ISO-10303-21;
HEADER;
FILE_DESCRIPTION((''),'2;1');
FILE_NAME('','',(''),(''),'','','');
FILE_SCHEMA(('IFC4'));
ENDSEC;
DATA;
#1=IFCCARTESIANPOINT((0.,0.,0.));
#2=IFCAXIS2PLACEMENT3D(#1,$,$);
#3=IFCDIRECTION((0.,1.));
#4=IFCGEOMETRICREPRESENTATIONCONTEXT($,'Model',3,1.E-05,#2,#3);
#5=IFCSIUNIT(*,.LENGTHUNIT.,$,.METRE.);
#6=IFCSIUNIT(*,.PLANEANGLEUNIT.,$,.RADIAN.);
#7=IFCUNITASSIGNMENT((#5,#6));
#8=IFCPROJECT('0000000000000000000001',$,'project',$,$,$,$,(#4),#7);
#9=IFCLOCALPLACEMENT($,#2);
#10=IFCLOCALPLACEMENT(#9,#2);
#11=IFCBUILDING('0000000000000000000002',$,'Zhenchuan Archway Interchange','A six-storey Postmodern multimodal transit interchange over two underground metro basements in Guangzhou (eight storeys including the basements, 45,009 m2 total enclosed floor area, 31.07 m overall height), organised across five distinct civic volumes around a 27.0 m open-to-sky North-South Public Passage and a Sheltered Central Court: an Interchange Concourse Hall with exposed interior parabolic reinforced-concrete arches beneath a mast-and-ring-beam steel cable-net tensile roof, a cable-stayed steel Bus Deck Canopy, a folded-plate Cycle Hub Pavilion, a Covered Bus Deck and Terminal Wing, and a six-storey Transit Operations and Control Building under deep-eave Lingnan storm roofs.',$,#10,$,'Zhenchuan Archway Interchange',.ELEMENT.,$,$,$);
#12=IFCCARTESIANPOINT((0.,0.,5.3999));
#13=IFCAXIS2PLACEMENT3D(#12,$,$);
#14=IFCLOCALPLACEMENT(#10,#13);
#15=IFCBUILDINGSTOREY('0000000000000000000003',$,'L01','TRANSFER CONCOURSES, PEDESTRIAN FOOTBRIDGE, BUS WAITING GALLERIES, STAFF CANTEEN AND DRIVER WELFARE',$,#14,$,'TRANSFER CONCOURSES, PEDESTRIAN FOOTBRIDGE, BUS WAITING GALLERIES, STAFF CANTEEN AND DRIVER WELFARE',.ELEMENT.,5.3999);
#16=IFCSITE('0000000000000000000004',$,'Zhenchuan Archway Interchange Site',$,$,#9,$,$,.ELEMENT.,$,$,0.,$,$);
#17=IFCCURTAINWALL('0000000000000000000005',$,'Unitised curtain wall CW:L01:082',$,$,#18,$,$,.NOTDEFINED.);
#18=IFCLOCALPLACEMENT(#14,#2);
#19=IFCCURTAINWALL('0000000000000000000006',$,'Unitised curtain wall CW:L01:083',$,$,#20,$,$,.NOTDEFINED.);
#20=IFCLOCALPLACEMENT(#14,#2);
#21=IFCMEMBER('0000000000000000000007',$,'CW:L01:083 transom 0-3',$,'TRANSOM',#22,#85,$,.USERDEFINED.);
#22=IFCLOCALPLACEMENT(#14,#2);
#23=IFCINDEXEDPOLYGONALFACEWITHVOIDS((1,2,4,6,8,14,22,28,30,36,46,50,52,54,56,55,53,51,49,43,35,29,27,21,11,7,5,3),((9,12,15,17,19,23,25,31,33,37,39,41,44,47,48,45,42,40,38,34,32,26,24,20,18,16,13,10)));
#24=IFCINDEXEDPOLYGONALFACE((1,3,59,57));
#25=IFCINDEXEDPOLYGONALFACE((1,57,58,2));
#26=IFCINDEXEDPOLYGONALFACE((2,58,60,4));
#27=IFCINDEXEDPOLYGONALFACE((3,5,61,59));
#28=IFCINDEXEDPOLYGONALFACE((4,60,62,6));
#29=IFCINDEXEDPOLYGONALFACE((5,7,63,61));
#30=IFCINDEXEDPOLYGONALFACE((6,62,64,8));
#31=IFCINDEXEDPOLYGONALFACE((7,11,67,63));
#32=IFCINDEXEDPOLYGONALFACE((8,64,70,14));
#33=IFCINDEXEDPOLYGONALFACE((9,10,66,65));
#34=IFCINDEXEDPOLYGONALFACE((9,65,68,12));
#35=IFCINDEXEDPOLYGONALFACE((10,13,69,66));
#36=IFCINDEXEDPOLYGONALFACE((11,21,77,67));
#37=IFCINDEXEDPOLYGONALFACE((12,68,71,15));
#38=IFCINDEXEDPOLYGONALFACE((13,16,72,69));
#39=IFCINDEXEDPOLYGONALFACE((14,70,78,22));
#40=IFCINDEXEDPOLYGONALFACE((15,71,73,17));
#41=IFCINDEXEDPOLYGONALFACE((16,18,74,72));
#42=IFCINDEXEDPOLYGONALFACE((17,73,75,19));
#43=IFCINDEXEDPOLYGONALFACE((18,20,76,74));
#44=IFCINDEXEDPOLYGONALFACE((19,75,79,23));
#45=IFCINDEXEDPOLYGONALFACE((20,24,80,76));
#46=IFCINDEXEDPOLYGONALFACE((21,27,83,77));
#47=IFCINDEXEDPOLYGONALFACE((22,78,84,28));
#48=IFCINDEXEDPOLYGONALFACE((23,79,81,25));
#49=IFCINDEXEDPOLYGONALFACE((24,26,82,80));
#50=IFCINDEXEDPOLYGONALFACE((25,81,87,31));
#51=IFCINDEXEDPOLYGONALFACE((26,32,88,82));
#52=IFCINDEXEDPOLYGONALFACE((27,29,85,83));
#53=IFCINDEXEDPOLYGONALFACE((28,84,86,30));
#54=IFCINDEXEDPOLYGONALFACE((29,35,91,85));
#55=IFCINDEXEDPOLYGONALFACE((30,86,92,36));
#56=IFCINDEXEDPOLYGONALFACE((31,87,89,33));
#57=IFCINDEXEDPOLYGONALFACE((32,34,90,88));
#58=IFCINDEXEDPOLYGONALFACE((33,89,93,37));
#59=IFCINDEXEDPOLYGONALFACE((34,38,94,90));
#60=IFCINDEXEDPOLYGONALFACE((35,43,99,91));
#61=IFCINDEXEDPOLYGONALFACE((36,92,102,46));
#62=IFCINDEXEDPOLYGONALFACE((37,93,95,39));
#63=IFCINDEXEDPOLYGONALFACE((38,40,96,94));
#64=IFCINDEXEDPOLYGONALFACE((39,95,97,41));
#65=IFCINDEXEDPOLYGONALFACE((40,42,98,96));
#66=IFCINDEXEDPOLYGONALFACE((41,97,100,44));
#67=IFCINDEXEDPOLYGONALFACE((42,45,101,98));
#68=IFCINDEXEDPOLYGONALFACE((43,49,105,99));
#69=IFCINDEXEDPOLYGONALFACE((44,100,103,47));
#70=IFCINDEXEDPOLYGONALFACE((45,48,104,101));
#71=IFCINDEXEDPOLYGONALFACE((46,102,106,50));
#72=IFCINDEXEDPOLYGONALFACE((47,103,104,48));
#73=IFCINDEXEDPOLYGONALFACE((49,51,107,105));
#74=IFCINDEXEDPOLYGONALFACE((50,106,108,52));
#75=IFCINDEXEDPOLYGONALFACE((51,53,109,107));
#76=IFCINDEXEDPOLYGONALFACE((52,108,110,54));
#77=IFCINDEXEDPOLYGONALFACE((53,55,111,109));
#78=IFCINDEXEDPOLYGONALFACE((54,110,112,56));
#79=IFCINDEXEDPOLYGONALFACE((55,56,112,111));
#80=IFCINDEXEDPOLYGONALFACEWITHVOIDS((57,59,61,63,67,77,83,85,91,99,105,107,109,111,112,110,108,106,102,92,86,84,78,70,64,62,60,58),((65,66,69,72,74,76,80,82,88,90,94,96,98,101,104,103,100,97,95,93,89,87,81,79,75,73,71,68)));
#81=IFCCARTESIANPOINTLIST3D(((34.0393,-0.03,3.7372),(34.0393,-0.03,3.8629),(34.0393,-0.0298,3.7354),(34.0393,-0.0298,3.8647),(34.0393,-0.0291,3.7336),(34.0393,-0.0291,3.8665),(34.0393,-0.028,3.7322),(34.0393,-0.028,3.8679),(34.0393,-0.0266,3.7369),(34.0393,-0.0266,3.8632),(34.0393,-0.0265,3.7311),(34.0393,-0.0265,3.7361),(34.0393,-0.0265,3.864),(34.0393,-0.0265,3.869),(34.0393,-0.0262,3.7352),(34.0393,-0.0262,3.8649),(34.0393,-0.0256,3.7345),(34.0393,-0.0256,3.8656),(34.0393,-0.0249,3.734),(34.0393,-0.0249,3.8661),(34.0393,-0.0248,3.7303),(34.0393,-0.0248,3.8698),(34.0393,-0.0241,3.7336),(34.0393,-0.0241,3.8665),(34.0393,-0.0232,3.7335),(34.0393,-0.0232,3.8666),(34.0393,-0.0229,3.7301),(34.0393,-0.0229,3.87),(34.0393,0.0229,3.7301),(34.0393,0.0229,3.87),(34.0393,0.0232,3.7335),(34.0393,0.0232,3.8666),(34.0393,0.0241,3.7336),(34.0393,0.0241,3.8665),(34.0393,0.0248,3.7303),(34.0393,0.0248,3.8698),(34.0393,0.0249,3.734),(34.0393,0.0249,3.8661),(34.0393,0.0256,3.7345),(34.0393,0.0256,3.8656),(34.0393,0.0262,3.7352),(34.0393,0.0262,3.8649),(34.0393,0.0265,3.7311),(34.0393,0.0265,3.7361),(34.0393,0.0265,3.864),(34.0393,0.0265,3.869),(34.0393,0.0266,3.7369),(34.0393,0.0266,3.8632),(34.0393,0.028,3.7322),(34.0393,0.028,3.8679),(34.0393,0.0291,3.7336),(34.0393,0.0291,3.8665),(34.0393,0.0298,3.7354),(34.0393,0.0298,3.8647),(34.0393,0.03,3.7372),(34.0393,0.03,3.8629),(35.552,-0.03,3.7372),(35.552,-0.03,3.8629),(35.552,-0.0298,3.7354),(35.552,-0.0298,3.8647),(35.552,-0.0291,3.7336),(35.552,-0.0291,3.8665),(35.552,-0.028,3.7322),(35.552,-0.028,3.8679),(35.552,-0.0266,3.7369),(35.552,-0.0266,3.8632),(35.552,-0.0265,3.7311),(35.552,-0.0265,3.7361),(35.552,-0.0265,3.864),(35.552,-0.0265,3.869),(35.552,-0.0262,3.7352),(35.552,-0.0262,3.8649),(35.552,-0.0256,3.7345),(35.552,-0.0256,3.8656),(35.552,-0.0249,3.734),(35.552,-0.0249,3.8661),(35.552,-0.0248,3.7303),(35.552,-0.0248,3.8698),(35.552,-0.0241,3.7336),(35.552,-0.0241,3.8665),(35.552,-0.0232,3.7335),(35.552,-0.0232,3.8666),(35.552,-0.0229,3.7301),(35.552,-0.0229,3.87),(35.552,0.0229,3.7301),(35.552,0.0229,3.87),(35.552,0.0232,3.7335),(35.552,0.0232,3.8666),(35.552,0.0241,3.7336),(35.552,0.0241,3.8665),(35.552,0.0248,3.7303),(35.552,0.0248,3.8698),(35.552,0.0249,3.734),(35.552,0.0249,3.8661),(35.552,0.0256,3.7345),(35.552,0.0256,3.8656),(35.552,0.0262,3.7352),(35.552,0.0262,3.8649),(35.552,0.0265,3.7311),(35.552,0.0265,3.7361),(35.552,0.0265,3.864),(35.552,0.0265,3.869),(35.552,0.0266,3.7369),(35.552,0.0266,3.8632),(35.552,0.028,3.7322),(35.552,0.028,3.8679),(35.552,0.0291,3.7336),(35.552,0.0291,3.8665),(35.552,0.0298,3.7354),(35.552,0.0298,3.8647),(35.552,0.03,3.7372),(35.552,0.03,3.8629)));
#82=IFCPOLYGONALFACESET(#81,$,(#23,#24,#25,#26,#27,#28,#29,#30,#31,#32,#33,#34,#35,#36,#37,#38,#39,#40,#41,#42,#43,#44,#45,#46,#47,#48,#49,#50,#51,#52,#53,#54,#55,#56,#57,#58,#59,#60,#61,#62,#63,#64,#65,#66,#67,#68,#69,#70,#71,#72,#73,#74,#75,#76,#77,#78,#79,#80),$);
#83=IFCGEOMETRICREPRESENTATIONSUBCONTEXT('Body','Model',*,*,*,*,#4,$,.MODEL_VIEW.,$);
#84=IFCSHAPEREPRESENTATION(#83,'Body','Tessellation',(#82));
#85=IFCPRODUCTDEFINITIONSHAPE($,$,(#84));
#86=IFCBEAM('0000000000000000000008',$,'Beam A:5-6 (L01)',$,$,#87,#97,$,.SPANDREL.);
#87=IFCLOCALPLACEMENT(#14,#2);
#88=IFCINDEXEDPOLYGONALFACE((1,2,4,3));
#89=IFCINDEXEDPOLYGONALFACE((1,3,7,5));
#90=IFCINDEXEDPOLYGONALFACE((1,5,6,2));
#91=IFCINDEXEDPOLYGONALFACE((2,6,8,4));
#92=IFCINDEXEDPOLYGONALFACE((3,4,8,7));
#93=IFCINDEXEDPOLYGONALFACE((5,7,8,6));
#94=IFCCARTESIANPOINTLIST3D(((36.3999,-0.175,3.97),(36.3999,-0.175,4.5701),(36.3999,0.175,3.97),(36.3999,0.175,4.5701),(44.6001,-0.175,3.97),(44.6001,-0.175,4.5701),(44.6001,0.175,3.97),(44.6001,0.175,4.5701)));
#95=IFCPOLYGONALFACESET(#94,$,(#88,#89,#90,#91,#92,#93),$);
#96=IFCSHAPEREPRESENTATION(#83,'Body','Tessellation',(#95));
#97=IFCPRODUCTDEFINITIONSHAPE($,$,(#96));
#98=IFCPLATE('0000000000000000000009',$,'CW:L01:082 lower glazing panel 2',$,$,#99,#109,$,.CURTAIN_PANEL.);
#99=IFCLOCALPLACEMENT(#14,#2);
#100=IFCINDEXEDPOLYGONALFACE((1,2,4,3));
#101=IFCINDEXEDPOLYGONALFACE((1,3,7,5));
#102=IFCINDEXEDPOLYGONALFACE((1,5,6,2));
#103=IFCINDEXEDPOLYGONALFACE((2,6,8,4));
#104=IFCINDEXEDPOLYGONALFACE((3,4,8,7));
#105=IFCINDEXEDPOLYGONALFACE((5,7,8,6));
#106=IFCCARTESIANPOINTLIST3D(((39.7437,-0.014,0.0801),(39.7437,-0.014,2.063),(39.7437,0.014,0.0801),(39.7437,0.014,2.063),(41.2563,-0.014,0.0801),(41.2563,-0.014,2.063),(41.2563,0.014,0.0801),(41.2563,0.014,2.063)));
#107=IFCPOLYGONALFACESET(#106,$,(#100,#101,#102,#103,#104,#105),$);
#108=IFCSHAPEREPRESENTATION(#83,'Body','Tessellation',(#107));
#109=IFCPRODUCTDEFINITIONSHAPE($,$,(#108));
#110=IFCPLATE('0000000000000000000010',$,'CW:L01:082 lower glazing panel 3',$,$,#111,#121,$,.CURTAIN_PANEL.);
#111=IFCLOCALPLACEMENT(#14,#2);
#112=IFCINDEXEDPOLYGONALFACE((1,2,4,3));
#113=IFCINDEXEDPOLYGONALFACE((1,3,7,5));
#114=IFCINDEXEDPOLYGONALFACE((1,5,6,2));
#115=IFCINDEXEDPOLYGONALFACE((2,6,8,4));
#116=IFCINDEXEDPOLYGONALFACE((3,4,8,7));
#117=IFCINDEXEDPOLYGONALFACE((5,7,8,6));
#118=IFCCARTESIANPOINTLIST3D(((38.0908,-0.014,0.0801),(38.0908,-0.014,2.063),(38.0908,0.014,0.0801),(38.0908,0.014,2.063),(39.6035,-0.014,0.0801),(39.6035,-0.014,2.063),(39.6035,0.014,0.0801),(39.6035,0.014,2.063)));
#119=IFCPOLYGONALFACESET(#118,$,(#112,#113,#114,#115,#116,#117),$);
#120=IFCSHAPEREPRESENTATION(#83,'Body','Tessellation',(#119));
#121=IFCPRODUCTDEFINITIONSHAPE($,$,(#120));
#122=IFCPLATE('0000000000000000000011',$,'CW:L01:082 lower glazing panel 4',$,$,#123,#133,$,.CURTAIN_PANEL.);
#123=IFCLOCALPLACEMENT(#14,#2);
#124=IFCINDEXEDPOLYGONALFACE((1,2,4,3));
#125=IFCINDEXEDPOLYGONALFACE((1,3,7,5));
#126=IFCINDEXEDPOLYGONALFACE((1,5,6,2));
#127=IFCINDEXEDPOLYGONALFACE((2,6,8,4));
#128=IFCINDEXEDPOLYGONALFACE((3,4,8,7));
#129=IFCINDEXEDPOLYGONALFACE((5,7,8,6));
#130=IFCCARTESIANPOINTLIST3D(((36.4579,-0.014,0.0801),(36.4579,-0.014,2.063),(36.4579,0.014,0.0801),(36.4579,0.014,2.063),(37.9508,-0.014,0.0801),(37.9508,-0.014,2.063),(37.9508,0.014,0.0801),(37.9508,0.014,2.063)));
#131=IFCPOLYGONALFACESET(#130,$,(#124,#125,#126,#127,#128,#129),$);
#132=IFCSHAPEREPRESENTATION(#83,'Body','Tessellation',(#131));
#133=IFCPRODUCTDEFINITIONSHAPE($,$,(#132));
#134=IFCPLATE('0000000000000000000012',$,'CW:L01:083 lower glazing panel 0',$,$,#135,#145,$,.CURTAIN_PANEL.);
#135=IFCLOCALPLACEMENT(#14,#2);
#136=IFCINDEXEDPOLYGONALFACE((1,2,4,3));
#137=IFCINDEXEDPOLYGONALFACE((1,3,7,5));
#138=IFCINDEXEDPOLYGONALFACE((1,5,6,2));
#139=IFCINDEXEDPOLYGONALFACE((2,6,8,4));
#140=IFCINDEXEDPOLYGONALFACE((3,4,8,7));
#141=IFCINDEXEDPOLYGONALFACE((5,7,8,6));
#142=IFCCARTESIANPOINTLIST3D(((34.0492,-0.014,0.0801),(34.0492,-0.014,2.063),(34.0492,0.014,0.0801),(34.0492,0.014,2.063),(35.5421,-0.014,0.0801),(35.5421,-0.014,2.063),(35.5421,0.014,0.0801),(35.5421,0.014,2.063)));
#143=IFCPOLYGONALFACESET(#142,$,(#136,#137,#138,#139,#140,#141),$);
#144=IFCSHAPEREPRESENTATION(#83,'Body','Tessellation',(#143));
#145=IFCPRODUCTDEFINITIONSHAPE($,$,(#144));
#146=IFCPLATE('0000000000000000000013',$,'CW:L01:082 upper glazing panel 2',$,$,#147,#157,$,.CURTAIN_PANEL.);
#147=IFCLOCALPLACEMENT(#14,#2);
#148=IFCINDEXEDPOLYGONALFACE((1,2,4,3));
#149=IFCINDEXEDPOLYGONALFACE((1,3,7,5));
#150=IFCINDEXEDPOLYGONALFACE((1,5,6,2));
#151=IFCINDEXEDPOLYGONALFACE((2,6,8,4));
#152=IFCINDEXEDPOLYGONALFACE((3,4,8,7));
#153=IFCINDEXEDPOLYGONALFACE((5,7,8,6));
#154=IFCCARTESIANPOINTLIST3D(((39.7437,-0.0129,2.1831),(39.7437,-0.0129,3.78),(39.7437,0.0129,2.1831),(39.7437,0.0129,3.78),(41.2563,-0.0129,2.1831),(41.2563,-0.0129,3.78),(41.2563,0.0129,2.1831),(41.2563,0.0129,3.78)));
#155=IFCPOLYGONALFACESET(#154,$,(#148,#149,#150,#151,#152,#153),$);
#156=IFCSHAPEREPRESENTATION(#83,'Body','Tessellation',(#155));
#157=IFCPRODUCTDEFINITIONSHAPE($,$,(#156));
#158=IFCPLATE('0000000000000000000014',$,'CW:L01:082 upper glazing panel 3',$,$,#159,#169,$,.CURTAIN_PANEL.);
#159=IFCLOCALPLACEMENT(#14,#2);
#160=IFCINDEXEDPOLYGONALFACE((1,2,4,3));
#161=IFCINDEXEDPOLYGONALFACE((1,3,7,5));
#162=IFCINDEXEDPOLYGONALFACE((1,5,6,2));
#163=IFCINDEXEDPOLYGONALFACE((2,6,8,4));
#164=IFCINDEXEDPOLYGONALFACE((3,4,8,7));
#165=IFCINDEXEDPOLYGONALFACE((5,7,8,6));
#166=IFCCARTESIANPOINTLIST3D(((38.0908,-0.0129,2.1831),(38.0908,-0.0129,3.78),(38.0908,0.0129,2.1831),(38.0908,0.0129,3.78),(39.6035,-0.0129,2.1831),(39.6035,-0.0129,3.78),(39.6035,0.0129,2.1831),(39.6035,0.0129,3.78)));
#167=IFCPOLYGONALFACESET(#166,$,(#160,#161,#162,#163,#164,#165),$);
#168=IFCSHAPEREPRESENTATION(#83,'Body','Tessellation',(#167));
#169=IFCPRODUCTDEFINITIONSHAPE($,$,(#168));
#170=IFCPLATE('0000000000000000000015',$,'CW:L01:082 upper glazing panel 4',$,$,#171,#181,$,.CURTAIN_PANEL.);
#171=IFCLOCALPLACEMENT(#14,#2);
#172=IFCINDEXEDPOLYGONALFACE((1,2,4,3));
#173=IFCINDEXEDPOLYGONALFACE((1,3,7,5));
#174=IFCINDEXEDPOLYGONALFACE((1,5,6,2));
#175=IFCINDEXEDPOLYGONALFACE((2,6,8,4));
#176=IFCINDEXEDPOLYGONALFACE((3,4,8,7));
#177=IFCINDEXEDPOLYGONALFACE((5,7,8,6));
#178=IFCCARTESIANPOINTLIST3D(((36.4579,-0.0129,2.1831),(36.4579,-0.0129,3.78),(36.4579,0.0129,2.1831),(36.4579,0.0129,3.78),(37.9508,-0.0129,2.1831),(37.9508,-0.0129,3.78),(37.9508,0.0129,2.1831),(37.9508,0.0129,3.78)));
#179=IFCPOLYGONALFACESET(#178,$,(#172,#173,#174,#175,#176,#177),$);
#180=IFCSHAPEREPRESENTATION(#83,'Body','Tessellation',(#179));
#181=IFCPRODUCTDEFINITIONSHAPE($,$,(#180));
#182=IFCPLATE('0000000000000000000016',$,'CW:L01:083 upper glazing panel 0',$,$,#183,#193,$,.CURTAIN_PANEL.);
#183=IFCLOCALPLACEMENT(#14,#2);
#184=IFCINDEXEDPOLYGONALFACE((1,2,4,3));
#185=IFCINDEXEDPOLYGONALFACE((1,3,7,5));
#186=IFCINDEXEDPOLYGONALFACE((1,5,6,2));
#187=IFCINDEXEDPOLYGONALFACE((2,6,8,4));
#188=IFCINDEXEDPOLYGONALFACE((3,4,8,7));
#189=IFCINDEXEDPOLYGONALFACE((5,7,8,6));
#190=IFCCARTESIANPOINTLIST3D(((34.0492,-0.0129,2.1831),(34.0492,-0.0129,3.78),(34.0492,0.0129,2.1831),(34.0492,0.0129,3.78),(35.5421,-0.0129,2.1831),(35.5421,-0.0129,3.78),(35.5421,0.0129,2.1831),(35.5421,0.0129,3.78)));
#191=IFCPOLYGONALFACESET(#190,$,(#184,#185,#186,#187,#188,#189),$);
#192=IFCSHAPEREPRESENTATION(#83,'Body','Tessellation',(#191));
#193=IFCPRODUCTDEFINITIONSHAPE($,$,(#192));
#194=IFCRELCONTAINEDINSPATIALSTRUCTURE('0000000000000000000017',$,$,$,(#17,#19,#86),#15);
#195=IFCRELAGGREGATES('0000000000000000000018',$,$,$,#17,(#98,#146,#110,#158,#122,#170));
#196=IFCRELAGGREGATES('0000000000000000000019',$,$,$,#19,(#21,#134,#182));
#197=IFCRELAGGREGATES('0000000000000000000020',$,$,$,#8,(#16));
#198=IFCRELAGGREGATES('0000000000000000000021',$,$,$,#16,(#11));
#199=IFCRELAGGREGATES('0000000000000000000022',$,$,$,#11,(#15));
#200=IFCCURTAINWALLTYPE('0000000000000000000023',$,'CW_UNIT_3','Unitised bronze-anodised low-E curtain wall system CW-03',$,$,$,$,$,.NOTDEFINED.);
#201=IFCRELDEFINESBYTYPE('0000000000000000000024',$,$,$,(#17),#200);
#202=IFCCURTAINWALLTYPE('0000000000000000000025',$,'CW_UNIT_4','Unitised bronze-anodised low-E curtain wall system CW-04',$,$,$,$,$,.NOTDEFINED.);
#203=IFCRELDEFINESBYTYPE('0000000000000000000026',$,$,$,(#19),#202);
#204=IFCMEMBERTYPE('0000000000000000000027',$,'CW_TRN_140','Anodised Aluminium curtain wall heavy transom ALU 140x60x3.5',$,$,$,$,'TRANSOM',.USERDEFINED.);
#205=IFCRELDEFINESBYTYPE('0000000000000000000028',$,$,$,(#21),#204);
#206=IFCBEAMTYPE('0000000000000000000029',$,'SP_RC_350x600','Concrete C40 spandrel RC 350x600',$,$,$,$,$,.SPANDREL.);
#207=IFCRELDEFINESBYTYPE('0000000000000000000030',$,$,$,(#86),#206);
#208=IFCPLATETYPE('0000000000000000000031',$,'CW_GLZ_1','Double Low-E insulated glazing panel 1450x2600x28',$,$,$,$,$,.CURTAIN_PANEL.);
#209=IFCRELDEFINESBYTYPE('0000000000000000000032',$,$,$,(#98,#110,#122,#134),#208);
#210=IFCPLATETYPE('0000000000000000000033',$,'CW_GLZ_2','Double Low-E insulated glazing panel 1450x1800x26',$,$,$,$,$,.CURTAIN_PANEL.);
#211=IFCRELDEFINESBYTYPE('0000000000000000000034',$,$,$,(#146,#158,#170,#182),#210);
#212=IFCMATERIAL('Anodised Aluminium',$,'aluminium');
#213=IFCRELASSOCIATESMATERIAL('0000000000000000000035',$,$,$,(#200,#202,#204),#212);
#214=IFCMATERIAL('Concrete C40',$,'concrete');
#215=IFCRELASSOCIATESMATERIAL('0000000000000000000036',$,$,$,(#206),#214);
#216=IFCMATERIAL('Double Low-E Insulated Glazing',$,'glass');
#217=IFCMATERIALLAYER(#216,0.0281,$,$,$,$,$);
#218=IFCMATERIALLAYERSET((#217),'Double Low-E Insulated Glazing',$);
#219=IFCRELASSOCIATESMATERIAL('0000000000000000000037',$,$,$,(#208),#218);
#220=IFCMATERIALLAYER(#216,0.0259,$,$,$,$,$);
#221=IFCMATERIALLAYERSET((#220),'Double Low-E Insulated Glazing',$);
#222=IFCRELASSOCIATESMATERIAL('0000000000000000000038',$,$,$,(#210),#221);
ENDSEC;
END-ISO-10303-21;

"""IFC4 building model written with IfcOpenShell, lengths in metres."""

from ifc_helpers import new_model, si_unit, direction, frame, origin, origin_2d, place, context, subcontext, project, spatial, rectangle, hollow_rectangle, extrude, material, layer, layer_set, material_profile, profile_set, type_object, element, aggregate, save


model = new_model("IFC4")

# Units and contexts
model_context = context("Model", 3, precision=1e-05, world=origin(), true_north=direction((0.0, 1.0)))
body_context = subcontext(model_context, "Body", "Model", "MODEL_VIEW")
ifc_project = project(units=[si_unit("LENGTHUNIT", "METRE"), si_unit("PLANEANGLEUNIT", "RADIAN")], contexts=[model_context])

# Site, building, storey
site_placement = place(None, origin())
site = spatial("IfcSite", under=ifc_project, at=site_placement, Name="Zhenchuan Archway Interchange Site", CompositionType="ELEMENT", RefElevation=0.0)
building_placement = place(site_placement, origin())
building = spatial("IfcBuilding", under=site, at=building_placement, Name="Zhenchuan Archway Interchange", Description="A six-storey Postmodern multimodal transit interchange over two underground metro basements in Guangzhou (eight storeys including the basements, 45,009 m2 total enclosed floor area, 31.07 m overall height), organised across five distinct civic volumes around a 27.0 m open-to-sky North-South Public Passage and a Sheltered Central Court: an Interchange Concourse Hall with exposed interior parabolic reinforced-concrete arches beneath a mast-and-ring-beam steel cable-net tensile roof, a cable-stayed steel Bus Deck Canopy, a folded-plate Cycle Hub Pavilion, a Covered Bus Deck and Terminal Wing, and a six-storey Transit Operations and Control Building under deep-eave Lingnan storm roofs.", LongName="Zhenchuan Archway Interchange", CompositionType="ELEMENT")
storey_placement = place(building_placement, frame((0.0, 0.0, 5.3999)))
storey = spatial("IfcBuildingStorey", under=building, at=storey_placement, Name="L01", Description="TRANSFER CONCOURSES, PEDESTRIAN FOOTBRIDGE, BUS WAITING GALLERIES, STAFF CANTEEN AND DRIVER WELFARE", LongName="TRANSFER CONCOURSES, PEDESTRIAN FOOTBRIDGE, BUS WAITING GALLERIES, STAFF CANTEEN AND DRIVER WELFARE", CompositionType="ELEMENT", Elevation=5.3999)

# Shared definitions
ifc_material_1 = material(Name="Concrete C40", Category="concrete")

# Curtain wall
ifc_material_2 = material(Name="Anodised Aluminium", Category="aluminium")
curtain_wall_type_1 = type_object("IfcCurtainWallType", Name="CW_UNIT_3", Description="Unitised bronze-anodised low-E curtain wall system CW-03", PredefinedType="NOTDEFINED", material=ifc_material_2)
curtain_wall_1_placement = place(storey_placement, origin())
curtain_wall_1 = element("IfcCurtainWall", 1, at=curtain_wall_1_placement, inside=storey, type_object=curtain_wall_type_1, Name="Unitised curtain wall CW:L01:082", PredefinedType="NOTDEFINED")

# Curtain wall
curtain_wall_type_2 = type_object("IfcCurtainWallType", Name="CW_UNIT_4", Description="Unitised bronze-anodised low-E curtain wall system CW-04", PredefinedType="NOTDEFINED", material=ifc_material_2)
curtain_wall_2_placement = place(storey_placement, origin())
curtain_wall_2 = element("IfcCurtainWall", 2, at=curtain_wall_2_placement, inside=storey, type_object=curtain_wall_type_2, Name="Unitised curtain wall CW:L01:083", PredefinedType="NOTDEFINED")

# Member
ifc_material_profile_1 = material_profile(ifc_material_2, hollow_rectangle(XDim=0.0601, YDim=0.1399, WallThickness=0.0034, InnerFilletRadius=0.0034, OuterFilletRadius=0.0071, at=origin_2d()), Name="ALU 140x60x3.5")
ifc_profile_set_1 = profile_set([ifc_material_profile_1], Name="Anodised Aluminium")
member_type_1 = type_object("IfcMemberType", Name="CW_TRN_140", Description="Anodised Aluminium curtain wall heavy transom ALU 140x60x3.5", ElementType="TRANSOM", PredefinedType="USERDEFINED", material=ifc_profile_set_1)
member_1_placement = place(storey_placement, frame((35.552, 0.0, 3.8), z_axis=(-1.0, 0.0, 0.0), x_axis=(0.0, -1.0, 0.0)))
member_1 = element("IfcMember", 3, at=member_1_placement, type_object=member_type_1, Name="CW:L01:083 transom 0-3", ObjectType="TRANSOM", PredefinedType="USERDEFINED", context=body_context, shape_type="SweptSolid", body=[
    extrude(hollow_rectangle(XDim=0.0601, YDim=0.1399, WallThickness=0.0034, InnerFilletRadius=0.0034, OuterFilletRadius=0.0071, at=origin_2d()), origin(), (0.0, 0.0, 1.0), 1.5127),
])

# Beam
ifc_material_profile_2 = material_profile(ifc_material_1, rectangle(XDim=0.3501, YDim=0.6001, at=origin_2d()), Name="RC 350x600")
ifc_profile_set_2 = profile_set([ifc_material_profile_2], Name="Concrete C40")
beam_type = type_object("IfcBeamType", Name="SP_RC_350x600", Description="Concrete C40 spandrel RC 350x600", PredefinedType="SPANDREL", material=ifc_profile_set_2)
beam_placement = place(storey_placement, frame((36.3999, 0.0, 4.27), z_axis=(1.0, 0.0, 0.0), x_axis=(0.0, 1.0, 0.0)))
element("IfcBeam", 4, at=beam_placement, inside=storey, type_object=beam_type, Name="Beam A:5-6 (L01)", PredefinedType="SPANDREL", context=body_context, shape_type="SweptSolid", body=[
    extrude(rectangle(XDim=0.3501, YDim=0.6001, at=origin_2d()), origin(), (0.0, 0.0, 1.0), 8.2002),
])

# Plates
ifc_material_3 = material(Name="Double Low-E Insulated Glazing", Category="glass")
ifc_layer_1 = layer(ifc_material_3, 0.0281)
ifc_layer_set_1 = layer_set([ifc_layer_1], Name="Double Low-E Insulated Glazing")
plate_type_1 = type_object("IfcPlateType", Name="CW_GLZ_1", Description="Double Low-E insulated glazing panel 1450x2600x28", PredefinedType="CURTAIN_PANEL", material=ifc_layer_set_1)
plate_1_placement = place(storey_placement, frame((40.5, 0.0, 0.0801), z_axis=(0.0, 0.0, 1.0), x_axis=(-1.0, 0.0, 0.0)))
plate_1 = element("IfcPlate", 5, at=plate_1_placement, type_object=plate_type_1, Name="CW:L01:082 lower glazing panel 2", PredefinedType="CURTAIN_PANEL", context=body_context, shape_type="SweptSolid", body=[
    extrude(rectangle(XDim=1.5127, YDim=0.0281, at=origin_2d()), origin(), (0.0, 0.0, 1.0), 1.9829),
])
plate_2_placement = place(storey_placement, frame((38.8472, 0.0, 0.0801), z_axis=(0.0, 0.0, 1.0), x_axis=(-1.0, 0.0, 0.0)))
plate_2 = element("IfcPlate", 6, at=plate_2_placement, type_object=plate_type_1, Name="CW:L01:082 lower glazing panel 3", PredefinedType="CURTAIN_PANEL", context=body_context, shape_type="SweptSolid", body=[
    extrude(rectangle(XDim=1.5127, YDim=0.0281, at=origin_2d()), origin(), (0.0, 0.0, 1.0), 1.9829),
])
plate_3_placement = place(storey_placement, frame((37.2043, 0.0, 0.0801), z_axis=(0.0, 0.0, 1.0), x_axis=(-1.0, 0.0, 0.0)))
plate_3 = element("IfcPlate", 7, at=plate_3_placement, type_object=plate_type_1, Name="CW:L01:082 lower glazing panel 4", PredefinedType="CURTAIN_PANEL", context=body_context, shape_type="SweptSolid", body=[
    extrude(rectangle(XDim=1.4929, YDim=0.0281, at=origin_2d()), origin(), (0.0, 0.0, 1.0), 1.9829),
])
plate_4_placement = place(storey_placement, frame((34.7957, 0.0, 0.0801), z_axis=(0.0, 0.0, 1.0), x_axis=(-1.0, 0.0, 0.0)))
plate_4 = element("IfcPlate", 8, at=plate_4_placement, type_object=plate_type_1, Name="CW:L01:083 lower glazing panel 0", PredefinedType="CURTAIN_PANEL", context=body_context, shape_type="SweptSolid", body=[
    extrude(rectangle(XDim=1.4929, YDim=0.0281, at=origin_2d()), origin(), (0.0, 0.0, 1.0), 1.9829),
])
ifc_layer_2 = layer(ifc_material_3, 0.0259)
ifc_layer_set_2 = layer_set([ifc_layer_2], Name="Double Low-E Insulated Glazing")
plate_type_2 = type_object("IfcPlateType", Name="CW_GLZ_2", Description="Double Low-E insulated glazing panel 1450x1800x26", PredefinedType="CURTAIN_PANEL", material=ifc_layer_set_2)
plate_5_placement = place(storey_placement, frame((40.5, 0.0, 2.1831), z_axis=(0.0, 0.0, 1.0), x_axis=(-1.0, 0.0, 0.0)))
plate_5 = element("IfcPlate", 9, at=plate_5_placement, type_object=plate_type_2, Name="CW:L01:082 upper glazing panel 2", PredefinedType="CURTAIN_PANEL", context=body_context, shape_type="SweptSolid", body=[
    extrude(rectangle(XDim=1.5127, YDim=0.0259, at=origin_2d()), origin(), (0.0, 0.0, 1.0), 1.5969),
])
plate_6_placement = place(storey_placement, frame((38.8472, 0.0, 2.1831), z_axis=(0.0, 0.0, 1.0), x_axis=(-1.0, 0.0, 0.0)))
plate_6 = element("IfcPlate", 10, at=plate_6_placement, type_object=plate_type_2, Name="CW:L01:082 upper glazing panel 3", PredefinedType="CURTAIN_PANEL", context=body_context, shape_type="SweptSolid", body=[
    extrude(rectangle(XDim=1.5127, YDim=0.0259, at=origin_2d()), origin(), (0.0, 0.0, 1.0), 1.5969),
])
plate_7_placement = place(storey_placement, frame((37.2043, 0.0, 2.1831), z_axis=(0.0, 0.0, 1.0), x_axis=(-1.0, 0.0, 0.0)))
plate_7 = element("IfcPlate", 11, at=plate_7_placement, type_object=plate_type_2, Name="CW:L01:082 upper glazing panel 4", PredefinedType="CURTAIN_PANEL", context=body_context, shape_type="SweptSolid", body=[
    extrude(rectangle(XDim=1.4929, YDim=0.0259, at=origin_2d()), origin(), (0.0, 0.0, 1.0), 1.5969),
])
aggregate(curtain_wall_1, [plate_1, plate_5, plate_2, plate_6, plate_3, plate_7])
plate_8_placement = place(storey_placement, frame((34.7957, 0.0, 2.1831), z_axis=(0.0, 0.0, 1.0), x_axis=(-1.0, 0.0, 0.0)))
plate_8 = element("IfcPlate", 12, at=plate_8_placement, type_object=plate_type_2, Name="CW:L01:083 upper glazing panel 0", PredefinedType="CURTAIN_PANEL", context=body_context, shape_type="SweptSolid", body=[
    extrude(rectangle(XDim=1.4929, YDim=0.0259, at=origin_2d()), origin(), (0.0, 0.0, 1.0), 1.5969),
])
aggregate(curtain_wall_2, [member_1, plate_4, plate_8])

save(model, "model.ifc")
